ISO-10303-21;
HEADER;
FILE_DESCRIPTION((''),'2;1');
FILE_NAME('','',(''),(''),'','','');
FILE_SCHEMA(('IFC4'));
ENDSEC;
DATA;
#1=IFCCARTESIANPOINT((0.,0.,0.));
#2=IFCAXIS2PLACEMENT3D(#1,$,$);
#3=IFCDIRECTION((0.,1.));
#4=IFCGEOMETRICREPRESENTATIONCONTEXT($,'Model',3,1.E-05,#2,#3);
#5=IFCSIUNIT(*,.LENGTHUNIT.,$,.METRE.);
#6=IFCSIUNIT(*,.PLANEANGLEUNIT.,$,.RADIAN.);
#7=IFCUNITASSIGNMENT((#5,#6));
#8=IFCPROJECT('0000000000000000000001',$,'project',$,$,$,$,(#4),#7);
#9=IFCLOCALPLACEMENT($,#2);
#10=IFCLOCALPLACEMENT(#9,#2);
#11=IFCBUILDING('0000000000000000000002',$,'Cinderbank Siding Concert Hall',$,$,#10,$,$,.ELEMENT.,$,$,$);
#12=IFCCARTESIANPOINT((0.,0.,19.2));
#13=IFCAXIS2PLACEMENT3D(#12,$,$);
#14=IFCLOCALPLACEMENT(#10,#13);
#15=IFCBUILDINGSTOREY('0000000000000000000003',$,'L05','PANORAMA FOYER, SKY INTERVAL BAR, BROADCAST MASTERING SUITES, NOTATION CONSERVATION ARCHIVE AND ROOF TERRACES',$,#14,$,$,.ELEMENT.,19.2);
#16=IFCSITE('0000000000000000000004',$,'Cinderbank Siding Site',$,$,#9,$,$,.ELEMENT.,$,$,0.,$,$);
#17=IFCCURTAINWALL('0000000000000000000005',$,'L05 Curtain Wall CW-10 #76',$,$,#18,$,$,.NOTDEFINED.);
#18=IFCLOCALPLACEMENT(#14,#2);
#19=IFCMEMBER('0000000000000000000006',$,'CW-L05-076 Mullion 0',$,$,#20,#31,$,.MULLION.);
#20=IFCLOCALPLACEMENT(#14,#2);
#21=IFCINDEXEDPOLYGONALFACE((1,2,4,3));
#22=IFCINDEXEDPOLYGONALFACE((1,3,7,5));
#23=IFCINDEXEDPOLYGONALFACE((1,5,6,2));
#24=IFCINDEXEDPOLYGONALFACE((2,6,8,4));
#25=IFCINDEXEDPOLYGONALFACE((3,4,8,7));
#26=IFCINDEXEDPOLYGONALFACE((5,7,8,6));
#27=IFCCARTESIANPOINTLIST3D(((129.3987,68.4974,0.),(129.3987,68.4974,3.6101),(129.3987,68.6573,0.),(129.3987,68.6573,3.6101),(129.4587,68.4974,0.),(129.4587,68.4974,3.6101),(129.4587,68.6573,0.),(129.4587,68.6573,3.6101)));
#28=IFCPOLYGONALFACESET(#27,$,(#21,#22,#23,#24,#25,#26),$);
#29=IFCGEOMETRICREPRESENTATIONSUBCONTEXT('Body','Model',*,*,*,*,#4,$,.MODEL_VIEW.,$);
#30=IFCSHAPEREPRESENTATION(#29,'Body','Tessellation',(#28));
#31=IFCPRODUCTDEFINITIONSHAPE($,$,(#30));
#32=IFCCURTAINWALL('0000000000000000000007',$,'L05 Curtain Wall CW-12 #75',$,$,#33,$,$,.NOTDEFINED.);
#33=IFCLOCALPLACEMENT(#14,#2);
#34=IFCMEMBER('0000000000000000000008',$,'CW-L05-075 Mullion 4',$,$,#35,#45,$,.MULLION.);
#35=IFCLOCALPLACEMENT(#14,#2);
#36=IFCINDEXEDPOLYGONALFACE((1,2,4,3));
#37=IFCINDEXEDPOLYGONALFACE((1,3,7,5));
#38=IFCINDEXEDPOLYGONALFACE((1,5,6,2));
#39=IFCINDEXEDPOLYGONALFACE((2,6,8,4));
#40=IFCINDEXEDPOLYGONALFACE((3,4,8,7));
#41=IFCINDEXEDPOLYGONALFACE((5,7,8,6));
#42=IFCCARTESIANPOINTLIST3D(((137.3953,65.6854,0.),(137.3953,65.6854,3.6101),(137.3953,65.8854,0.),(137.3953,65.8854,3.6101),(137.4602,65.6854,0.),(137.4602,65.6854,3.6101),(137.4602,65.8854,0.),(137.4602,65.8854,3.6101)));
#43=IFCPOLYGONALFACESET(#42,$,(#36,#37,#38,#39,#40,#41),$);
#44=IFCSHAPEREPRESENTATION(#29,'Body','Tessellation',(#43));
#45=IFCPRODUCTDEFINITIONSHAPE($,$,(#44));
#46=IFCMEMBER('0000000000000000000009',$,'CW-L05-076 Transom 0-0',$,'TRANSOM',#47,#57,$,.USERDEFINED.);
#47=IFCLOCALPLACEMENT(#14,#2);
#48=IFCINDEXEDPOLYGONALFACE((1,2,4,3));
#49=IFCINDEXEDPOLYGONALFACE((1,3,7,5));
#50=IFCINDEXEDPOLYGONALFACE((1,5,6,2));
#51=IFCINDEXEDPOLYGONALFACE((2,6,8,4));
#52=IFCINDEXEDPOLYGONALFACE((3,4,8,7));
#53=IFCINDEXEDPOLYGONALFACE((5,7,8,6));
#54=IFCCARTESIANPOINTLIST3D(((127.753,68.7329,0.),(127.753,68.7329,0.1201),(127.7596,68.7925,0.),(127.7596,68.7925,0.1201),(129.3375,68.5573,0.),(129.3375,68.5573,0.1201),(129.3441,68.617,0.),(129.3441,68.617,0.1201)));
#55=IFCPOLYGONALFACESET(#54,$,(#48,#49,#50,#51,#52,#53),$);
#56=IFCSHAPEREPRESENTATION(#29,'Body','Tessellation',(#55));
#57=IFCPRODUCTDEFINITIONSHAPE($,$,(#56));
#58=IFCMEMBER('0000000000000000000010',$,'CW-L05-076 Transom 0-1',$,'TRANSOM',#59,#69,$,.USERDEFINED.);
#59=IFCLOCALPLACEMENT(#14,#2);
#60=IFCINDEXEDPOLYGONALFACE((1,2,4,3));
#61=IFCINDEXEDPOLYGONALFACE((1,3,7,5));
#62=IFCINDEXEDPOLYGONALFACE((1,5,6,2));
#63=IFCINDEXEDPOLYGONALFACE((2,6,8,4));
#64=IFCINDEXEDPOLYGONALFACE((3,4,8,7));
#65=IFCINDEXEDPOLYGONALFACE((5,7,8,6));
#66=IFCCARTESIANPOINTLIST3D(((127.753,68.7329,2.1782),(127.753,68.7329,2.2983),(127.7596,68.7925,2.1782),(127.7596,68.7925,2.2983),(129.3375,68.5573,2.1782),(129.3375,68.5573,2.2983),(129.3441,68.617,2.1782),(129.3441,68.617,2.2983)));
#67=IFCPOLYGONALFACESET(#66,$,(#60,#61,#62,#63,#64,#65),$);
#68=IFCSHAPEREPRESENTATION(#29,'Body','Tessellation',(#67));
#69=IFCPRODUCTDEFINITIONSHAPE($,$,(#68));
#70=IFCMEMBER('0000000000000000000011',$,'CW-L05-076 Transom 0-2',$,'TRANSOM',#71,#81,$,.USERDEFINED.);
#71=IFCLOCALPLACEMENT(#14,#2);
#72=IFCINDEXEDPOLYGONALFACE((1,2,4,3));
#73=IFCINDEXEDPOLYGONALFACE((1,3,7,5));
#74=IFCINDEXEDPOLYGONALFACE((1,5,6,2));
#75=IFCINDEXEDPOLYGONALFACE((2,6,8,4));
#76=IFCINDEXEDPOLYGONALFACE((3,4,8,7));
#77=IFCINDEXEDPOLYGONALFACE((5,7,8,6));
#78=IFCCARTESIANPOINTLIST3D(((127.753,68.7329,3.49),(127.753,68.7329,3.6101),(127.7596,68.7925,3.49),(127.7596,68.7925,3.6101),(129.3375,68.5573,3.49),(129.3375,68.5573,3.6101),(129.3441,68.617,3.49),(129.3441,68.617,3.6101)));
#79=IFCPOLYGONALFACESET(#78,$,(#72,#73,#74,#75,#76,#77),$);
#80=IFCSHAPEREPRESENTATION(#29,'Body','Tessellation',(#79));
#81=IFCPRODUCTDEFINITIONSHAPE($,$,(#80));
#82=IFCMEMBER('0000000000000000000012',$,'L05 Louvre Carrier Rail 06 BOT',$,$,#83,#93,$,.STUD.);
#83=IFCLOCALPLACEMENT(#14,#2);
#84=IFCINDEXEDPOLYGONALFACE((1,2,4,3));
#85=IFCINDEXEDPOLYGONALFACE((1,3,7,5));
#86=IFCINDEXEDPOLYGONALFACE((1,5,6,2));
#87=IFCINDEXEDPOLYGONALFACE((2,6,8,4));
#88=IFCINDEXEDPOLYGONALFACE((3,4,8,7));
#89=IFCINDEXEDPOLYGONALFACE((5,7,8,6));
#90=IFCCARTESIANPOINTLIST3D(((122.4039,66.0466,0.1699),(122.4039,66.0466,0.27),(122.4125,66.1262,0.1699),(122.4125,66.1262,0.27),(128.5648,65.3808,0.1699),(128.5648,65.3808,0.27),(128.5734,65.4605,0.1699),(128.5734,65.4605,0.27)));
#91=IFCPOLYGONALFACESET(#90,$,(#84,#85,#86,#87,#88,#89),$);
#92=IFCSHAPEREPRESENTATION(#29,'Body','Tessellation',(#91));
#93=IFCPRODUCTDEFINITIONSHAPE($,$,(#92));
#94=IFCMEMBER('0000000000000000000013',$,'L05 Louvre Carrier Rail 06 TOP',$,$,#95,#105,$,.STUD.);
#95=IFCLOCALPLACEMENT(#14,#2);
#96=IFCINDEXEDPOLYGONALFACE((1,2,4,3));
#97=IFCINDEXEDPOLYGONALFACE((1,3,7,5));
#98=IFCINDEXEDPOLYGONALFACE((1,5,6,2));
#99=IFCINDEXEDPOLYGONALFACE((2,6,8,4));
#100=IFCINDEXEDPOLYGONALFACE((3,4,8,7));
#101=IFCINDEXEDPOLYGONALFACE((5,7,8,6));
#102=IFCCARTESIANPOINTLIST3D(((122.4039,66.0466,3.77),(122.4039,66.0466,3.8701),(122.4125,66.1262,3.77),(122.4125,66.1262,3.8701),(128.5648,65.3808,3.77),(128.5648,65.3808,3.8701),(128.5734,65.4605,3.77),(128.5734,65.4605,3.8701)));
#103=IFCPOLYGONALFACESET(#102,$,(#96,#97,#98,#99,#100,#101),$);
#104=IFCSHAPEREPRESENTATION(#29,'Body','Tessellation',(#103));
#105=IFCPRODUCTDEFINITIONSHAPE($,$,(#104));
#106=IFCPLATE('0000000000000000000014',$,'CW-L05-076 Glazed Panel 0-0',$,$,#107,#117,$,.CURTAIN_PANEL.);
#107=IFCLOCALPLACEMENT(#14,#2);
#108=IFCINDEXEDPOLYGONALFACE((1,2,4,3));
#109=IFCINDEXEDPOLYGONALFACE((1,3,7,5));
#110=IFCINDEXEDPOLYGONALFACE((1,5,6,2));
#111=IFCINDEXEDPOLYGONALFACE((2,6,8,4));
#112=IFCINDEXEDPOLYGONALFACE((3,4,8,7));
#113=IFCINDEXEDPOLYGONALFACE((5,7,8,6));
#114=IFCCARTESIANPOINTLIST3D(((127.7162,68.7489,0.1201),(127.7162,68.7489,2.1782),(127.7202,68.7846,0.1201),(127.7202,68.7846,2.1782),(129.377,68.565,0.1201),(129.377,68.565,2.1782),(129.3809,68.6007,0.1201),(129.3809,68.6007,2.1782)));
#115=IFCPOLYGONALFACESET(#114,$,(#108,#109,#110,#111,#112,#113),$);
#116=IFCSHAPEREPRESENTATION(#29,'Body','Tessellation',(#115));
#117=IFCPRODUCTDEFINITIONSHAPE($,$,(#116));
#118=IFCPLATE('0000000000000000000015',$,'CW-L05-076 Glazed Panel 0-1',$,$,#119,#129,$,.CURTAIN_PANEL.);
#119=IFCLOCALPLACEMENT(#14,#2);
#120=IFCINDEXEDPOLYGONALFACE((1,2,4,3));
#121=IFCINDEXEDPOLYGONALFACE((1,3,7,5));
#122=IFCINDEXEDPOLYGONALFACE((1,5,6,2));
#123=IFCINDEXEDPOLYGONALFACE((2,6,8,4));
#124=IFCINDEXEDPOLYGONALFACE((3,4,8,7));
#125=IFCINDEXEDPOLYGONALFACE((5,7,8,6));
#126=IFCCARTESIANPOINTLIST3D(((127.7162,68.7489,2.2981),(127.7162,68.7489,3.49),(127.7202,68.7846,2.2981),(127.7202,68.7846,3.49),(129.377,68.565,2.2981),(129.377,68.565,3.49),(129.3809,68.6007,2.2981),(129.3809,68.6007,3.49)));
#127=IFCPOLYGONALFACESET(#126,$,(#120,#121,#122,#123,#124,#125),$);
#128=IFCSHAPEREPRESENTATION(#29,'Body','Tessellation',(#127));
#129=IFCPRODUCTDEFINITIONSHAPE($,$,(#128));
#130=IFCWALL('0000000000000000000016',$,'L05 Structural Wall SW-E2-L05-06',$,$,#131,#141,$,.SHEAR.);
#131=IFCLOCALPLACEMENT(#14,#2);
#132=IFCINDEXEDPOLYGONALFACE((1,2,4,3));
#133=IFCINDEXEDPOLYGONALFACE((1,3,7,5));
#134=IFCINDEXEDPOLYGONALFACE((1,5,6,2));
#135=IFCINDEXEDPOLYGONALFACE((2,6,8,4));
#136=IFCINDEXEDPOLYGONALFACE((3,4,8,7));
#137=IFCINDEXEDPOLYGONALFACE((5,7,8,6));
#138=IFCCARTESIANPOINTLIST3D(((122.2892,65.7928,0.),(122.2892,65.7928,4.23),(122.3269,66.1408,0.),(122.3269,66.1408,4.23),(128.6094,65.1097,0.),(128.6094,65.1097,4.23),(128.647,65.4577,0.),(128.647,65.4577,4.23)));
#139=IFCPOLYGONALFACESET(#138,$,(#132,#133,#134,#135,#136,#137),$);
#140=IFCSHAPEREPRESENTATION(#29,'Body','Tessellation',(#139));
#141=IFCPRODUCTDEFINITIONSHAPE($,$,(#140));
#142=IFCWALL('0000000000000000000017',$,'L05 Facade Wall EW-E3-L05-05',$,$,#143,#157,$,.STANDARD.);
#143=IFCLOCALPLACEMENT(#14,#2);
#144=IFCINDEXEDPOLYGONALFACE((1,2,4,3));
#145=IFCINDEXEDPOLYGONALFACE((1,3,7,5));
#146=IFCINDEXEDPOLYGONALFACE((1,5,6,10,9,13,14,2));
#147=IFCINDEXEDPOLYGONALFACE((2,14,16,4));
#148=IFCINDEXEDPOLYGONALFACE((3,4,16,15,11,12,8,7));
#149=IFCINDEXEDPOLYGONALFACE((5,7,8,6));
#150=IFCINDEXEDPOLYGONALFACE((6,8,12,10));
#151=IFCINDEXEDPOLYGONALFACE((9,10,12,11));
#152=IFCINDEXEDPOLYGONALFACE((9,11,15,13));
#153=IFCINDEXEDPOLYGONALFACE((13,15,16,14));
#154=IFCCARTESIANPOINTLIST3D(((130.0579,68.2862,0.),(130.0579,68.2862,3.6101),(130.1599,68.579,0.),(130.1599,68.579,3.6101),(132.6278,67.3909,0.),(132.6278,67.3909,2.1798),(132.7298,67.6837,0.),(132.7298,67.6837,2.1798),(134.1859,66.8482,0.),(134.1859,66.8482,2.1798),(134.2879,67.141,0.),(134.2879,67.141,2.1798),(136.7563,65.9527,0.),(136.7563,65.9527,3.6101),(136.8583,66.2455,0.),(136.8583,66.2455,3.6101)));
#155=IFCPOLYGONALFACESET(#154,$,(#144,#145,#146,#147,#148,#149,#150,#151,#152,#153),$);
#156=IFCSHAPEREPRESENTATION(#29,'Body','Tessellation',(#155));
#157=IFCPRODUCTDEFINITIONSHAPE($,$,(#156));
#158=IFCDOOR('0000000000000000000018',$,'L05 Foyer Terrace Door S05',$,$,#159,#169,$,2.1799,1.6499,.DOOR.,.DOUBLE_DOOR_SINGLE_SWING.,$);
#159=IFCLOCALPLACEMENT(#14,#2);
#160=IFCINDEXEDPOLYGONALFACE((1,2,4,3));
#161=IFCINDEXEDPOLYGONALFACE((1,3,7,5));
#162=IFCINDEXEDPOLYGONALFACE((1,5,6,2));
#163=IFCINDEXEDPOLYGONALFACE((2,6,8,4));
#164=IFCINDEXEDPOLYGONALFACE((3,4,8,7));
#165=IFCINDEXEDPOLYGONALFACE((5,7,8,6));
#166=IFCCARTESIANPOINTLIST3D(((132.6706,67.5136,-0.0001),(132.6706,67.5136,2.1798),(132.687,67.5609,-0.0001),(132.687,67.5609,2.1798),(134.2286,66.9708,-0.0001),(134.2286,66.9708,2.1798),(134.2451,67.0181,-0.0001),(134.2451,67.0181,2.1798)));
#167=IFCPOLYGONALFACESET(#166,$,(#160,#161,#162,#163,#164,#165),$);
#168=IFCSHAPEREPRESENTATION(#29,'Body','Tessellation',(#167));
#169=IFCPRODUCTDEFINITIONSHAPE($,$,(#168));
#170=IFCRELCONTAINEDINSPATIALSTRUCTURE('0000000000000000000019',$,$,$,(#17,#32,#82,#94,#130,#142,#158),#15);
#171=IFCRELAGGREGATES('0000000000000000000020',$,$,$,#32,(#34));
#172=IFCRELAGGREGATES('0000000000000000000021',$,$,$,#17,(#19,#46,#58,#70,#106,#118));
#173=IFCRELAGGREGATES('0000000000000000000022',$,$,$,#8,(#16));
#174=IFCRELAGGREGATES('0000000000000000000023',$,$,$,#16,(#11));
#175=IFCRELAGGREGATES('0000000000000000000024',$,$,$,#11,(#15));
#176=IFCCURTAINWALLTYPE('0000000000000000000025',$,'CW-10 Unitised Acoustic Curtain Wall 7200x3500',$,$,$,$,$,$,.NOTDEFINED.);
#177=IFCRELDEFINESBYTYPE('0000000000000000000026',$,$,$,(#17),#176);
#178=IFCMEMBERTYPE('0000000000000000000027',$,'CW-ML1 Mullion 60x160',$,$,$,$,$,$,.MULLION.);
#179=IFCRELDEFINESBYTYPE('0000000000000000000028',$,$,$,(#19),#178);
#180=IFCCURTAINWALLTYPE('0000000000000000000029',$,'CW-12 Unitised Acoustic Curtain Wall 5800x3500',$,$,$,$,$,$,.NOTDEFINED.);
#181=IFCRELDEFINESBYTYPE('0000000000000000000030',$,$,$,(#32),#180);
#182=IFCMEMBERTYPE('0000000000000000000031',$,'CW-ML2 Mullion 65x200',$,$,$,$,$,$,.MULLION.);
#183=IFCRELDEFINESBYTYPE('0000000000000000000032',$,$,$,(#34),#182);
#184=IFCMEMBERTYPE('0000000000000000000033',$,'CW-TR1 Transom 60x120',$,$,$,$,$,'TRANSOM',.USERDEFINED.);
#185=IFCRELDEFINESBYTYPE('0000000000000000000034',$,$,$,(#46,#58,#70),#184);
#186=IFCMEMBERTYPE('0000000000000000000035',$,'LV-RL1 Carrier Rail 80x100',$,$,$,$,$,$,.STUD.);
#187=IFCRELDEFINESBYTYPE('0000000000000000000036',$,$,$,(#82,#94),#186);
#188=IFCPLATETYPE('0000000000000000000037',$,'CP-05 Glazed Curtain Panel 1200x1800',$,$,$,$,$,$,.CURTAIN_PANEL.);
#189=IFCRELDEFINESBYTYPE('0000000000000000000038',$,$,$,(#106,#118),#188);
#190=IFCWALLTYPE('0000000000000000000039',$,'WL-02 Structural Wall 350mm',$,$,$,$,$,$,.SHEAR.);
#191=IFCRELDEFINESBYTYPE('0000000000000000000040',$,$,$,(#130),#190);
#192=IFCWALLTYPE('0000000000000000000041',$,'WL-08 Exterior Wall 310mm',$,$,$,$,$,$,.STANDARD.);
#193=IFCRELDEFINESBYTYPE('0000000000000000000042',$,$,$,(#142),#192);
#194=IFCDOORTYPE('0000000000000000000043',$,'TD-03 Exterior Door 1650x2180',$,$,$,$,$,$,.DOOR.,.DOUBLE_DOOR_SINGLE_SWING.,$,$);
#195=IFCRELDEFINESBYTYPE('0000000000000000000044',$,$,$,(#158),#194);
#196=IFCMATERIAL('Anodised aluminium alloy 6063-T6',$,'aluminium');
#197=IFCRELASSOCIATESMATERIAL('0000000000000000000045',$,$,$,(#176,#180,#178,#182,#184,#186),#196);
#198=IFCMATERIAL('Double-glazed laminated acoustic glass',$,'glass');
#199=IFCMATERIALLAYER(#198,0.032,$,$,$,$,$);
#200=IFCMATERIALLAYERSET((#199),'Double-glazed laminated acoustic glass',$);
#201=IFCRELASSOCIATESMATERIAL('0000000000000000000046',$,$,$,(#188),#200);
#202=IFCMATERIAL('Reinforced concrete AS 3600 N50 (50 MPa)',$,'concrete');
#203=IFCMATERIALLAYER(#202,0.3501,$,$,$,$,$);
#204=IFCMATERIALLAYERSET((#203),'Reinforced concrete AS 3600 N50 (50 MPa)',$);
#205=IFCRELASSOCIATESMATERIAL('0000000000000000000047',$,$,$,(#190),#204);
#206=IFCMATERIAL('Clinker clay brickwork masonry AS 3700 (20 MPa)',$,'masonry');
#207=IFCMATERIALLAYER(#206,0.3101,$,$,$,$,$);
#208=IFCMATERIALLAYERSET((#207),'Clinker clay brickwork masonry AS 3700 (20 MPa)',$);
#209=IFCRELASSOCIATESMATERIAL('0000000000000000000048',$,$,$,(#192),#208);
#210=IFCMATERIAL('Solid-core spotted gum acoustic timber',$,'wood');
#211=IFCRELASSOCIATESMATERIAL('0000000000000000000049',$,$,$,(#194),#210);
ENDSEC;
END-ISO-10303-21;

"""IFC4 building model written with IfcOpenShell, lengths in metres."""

from ifc_helpers import new_model, si_unit, direction, frame, frame_2d, origin, origin_2d, place, context, subcontext, project, spatial, rectangle, extrude, material, layer, layer_set, material_profile, profile_set, type_object, element, fill, aggregate, save


model = new_model("IFC4")

# Units and contexts
model_context = context("Model", 3, precision=1e-05, world=origin(), true_north=direction((0.0, 1.0)))
body_context = subcontext(model_context, "Body", "Model", "MODEL_VIEW")
ifc_project = project(units=[si_unit("LENGTHUNIT", "METRE"), si_unit("PLANEANGLEUNIT", "RADIAN")], contexts=[model_context])

# Site, building, storey
site_placement = place(None, origin())
site = spatial("IfcSite", under=ifc_project, at=site_placement, Name="Cinderbank Siding Site", CompositionType="ELEMENT", RefElevation=0.0)
building_placement = place(site_placement, origin())
building = spatial("IfcBuilding", under=site, at=building_placement, Name="Cinderbank Siding Concert Hall", CompositionType="ELEMENT")
storey_placement = place(building_placement, frame((0.0, 0.0, 19.2)))
storey = spatial("IfcBuildingStorey", under=building, at=storey_placement, Name="L05", Description="PANORAMA FOYER, SKY INTERVAL BAR, BROADCAST MASTERING SUITES, NOTATION CONSERVATION ARCHIVE AND ROOF TERRACES", CompositionType="ELEMENT", Elevation=19.2)

# Shared definitions
ifc_material_1 = material(Name="Reinforced concrete AS 3600 N50 (50 MPa)", Category="concrete")

# Curtain walls, members
ifc_material_2 = material(Name="Anodised aluminium alloy 6063-T6", Category="aluminium")
curtain_wall_type_1 = type_object("IfcCurtainWallType", Name="CW-10 Unitised Acoustic Curtain Wall 7200x3500", PredefinedType="NOTDEFINED", material=ifc_material_2)
curtain_wall_1_placement = place(storey_placement, origin())
curtain_wall_1 = element("IfcCurtainWall", 1, at=curtain_wall_1_placement, inside=storey, type_object=curtain_wall_type_1, Name="L05 Curtain Wall CW-10 #76", PredefinedType="NOTDEFINED")
ifc_material_profile_1 = material_profile(ifc_material_2, rectangle(XDim=0.0601, YDim=0.1599, at=origin_2d()), Name="ALU-MULL-60x160", Category="LoadBearing")
ifc_profile_set_1 = profile_set([ifc_material_profile_1], Name="Anodised aluminium alloy 6063-T6")
member_type_1 = type_object("IfcMemberType", Name="CW-ML1 Mullion 60x160", PredefinedType="MULLION", material=ifc_profile_set_1)
member_1_placement = place(storey_placement, frame((129.4287, 68.5774, 0.0), z_axis=(0.0, 0.0, 1.0), x_axis=(1.0, 0.0, 0.0)))
member_1 = element("IfcMember", 2, at=member_1_placement, type_object=member_type_1, Name="CW-L05-076 Mullion 0", PredefinedType="MULLION", context=body_context, shape_type="SweptSolid", body=[
    extrude(rectangle(XDim=0.0601, YDim=0.1599, at=origin_2d()), origin(), (0.0, 0.0, 1.0), 3.6101),
])
curtain_wall_type_2 = type_object("IfcCurtainWallType", Name="CW-12 Unitised Acoustic Curtain Wall 5800x3500", PredefinedType="NOTDEFINED", material=ifc_material_2)
curtain_wall_2_placement = place(storey_placement, origin())
curtain_wall_2 = element("IfcCurtainWall", 3, at=curtain_wall_2_placement, inside=storey, type_object=curtain_wall_type_2, Name="L05 Curtain Wall CW-12 #75", PredefinedType="NOTDEFINED")
ifc_material_profile_2 = material_profile(ifc_material_2, rectangle(XDim=0.0649, YDim=0.2, at=origin_2d()), Name="ALU-MULL-65x200", Category="LoadBearing")
ifc_profile_set_2 = profile_set([ifc_material_profile_2], Name="Anodised aluminium alloy 6063-T6")
member_type_2 = type_object("IfcMemberType", Name="CW-ML2 Mullion 65x200", PredefinedType="MULLION", material=ifc_profile_set_2)
member_2_placement = place(storey_placement, frame((137.4277, 65.7854, 0.0), z_axis=(0.0, 0.0, 1.0), x_axis=(1.0, 0.0, 0.0)))
member_2 = element("IfcMember", 4, at=member_2_placement, type_object=member_type_2, Name="CW-L05-075 Mullion 4", PredefinedType="MULLION", context=body_context, shape_type="SweptSolid", body=[
    extrude(rectangle(XDim=0.0649, YDim=0.2, at=origin_2d()), origin(), (0.0, 0.0, 1.0), 3.6101),
])
aggregate(curtain_wall_2, [member_2])

# Members
ifc_material_profile_3 = material_profile(ifc_material_2, rectangle(XDim=0.0601, YDim=0.1201, at=origin_2d()), Name="ALU-TRAN-60x120", Category="LoadBearing")
ifc_profile_set_3 = profile_set([ifc_material_profile_3], Name="Anodised aluminium alloy 6063-T6")
member_type_3 = type_object("IfcMemberType", Name="CW-TR1 Transom 60x120", ElementType="TRANSOM", PredefinedType="USERDEFINED", material=ifc_profile_set_3)
member_3_placement = place(storey_placement, frame((129.3408, 68.5872, 0.0601), z_axis=(-0.993919, 0.110112, 0.0), x_axis=(-0.110112, -0.993919, 0.0)))
member_3 = element("IfcMember", 5, at=member_3_placement, type_object=member_type_3, Name="CW-L05-076 Transom 0-0", ObjectType="TRANSOM", PredefinedType="USERDEFINED", context=body_context, shape_type="SweptSolid", body=[
    extrude(rectangle(XDim=0.0601, YDim=0.1201, at=origin_2d()), origin(), (0.0, 0.0, 1.0), 1.5942),
])
member_4_placement = place(storey_placement, frame((129.3408, 68.5872, 2.2383), z_axis=(-0.993919, 0.110112, 0.0), x_axis=(-0.110112, -0.993919, 0.0)))
member_4 = element("IfcMember", 6, at=member_4_placement, type_object=member_type_3, Name="CW-L05-076 Transom 0-1", ObjectType="TRANSOM", PredefinedType="USERDEFINED", context=body_context, shape_type="SweptSolid", body=[
    extrude(rectangle(XDim=0.0601, YDim=0.1201, at=origin_2d()), origin(), (0.0, 0.0, 1.0), 1.5942),
])
member_5_placement = place(storey_placement, frame((129.3408, 68.5872, 3.55), z_axis=(-0.993919, 0.110112, 0.0), x_axis=(-0.110112, -0.993919, 0.0)))
member_5 = element("IfcMember", 7, at=member_5_placement, type_object=member_type_3, Name="CW-L05-076 Transom 0-2", ObjectType="TRANSOM", PredefinedType="USERDEFINED", context=body_context, shape_type="SweptSolid", body=[
    extrude(rectangle(XDim=0.0601, YDim=0.1201, at=origin_2d()), origin(), (0.0, 0.0, 1.0), 1.5942),
])

# Members
ifc_material_profile_4 = material_profile(ifc_material_2, rectangle(XDim=0.0801, YDim=0.1001, at=origin_2d()), Name="ALU-RAIL-80x100", Category="LoadBearing")
ifc_profile_set_4 = profile_set([ifc_material_profile_4], Name="Anodised aluminium alloy 6063-T6")
member_type_4 = type_object("IfcMemberType", Name="LV-RL1 Carrier Rail 80x100", PredefinedType="STUD", material=ifc_profile_set_4)
for number, where, z_axis, x_axis, name in (
    (8, (128.5691, 65.4207, 0.22), (-0.994212, 0.107439, 0.0), (-0.107439, -0.994212, 0.0), "L05 Louvre Carrier Rail 06 BOT"),
    (9, (128.5691, 65.4207, 3.8201), (-0.994212, 0.107439, 0.0), (-0.107439, -0.994212, 0.0), "L05 Louvre Carrier Rail 06 TOP"),
):
    element("IfcMember", number, at=place(storey_placement, frame(where, z_axis=z_axis, x_axis=x_axis)), inside=storey, type_object=member_type_4, Name=name, PredefinedType="STUD", context=body_context, shape_type="SweptSolid", body=[
        extrude(rectangle(XDim=0.0801, YDim=0.1001, at=origin_2d()), origin(), (0.0, 0.0, 1.0), 6.1968),
    ])

# Plates
ifc_material_3 = material(Name="Double-glazed laminated acoustic glass", Category="glass")
ifc_layer_1 = layer(ifc_material_3, 0.032)
ifc_layer_set_1 = layer_set([ifc_layer_1], Name="Double-glazed laminated acoustic glass")
plate_type = type_object("IfcPlateType", Name="CP-05 Glazed Curtain Panel 1200x1800", PredefinedType="CURTAIN_PANEL", material=ifc_layer_set_1)
plate_1_placement = place(storey_placement, frame((128.5486, 68.6748, 0.1201), z_axis=(0.0, 0.0, 1.0), x_axis=(-0.993925, 0.110057, 0.0)))
plate_1 = element("IfcPlate", 10, at=plate_1_placement, type_object=plate_type, Name="CW-L05-076 Glazed Panel 0-0", PredefinedType="CURTAIN_PANEL", context=body_context, shape_type="SweptSolid", body=[
    extrude(rectangle(XDim=1.6709, YDim=0.0359, at=origin_2d()), origin(), (0.0, 0.0, 1.0), 2.0581),
])
plate_2_placement = place(storey_placement, frame((128.5486, 68.6748, 2.2981), z_axis=(0.0, 0.0, 1.0), x_axis=(-0.993925, 0.110057, 0.0)))
plate_2 = element("IfcPlate", 11, at=plate_2_placement, type_object=plate_type, Name="CW-L05-076 Glazed Panel 0-1", PredefinedType="CURTAIN_PANEL", context=body_context, shape_type="SweptSolid", body=[
    extrude(rectangle(XDim=1.6709, YDim=0.0359, at=origin_2d()), origin(), (0.0, 0.0, 1.0), 1.1919),
])
aggregate(curtain_wall_1, [member_1, member_3, member_4, member_5, plate_1, plate_2])

# Wall
ifc_layer_2 = layer(ifc_material_1, 0.3501)
ifc_layer_set_2 = layer_set([ifc_layer_2], Name="Reinforced concrete AS 3600 N50 (50 MPa)")
wall_type_1 = type_object("IfcWallType", Name="WL-02 Structural Wall 350mm", PredefinedType="SHEAR", material=ifc_layer_set_2)
wall_1_placement = place(storey_placement, frame((128.6282, 65.2837, 0.0), z_axis=(0.0, 0.0, 1.0), x_axis=(-0.994209, 0.107459, 0.0)))
element("IfcWall", 12, at=wall_1_placement, inside=storey, type_object=wall_type_1, Name="L05 Structural Wall SW-E2-L05-06", PredefinedType="SHEAR", context=body_context, shape_type="SweptSolid", body=[
    extrude(rectangle(XDim=6.3569, YDim=0.3501, at=frame_2d((3.1785, 0.0))), origin(), (0.0, 0.0, 1.0), 4.23),
])

# Wall, opening, door
ifc_material_4 = material(Name="Clinker clay brickwork masonry AS 3700 (20 MPa)", Category="masonry")
ifc_layer_3 = layer(ifc_material_4, 0.3101)
ifc_layer_set_3 = layer_set([ifc_layer_3], Name="Clinker clay brickwork masonry AS 3700 (20 MPa)")
wall_type_2 = type_object("IfcWallType", Name="WL-08 Exterior Wall 310mm", PredefinedType="STANDARD", material=ifc_layer_set_3)
wall_2_placement = place(storey_placement, frame((130.1089, 68.4326, 0.0), z_axis=(0.0, 0.0, 1.0), x_axis=(0.94434, -0.328972, 0.0)))
wall_2 = element("IfcWall", 13, at=wall_2_placement, inside=storey, type_object=wall_type_2, Name="L05 Facade Wall EW-E3-L05-05", PredefinedType="STANDARD", context=body_context, shape_type="SweptSolid", body=[
    extrude(rectangle(XDim=7.0933, YDim=0.3101, at=frame_2d((3.5466, 0.0))), origin(), (0.0, 0.0, 1.0), 3.6101),
])
opening_placement = place(wall_2_placement, frame((2.7214, 0.0, 0.0)))
opening = element("IfcOpeningElement", 14, at=opening_placement, cuts=wall_2, PredefinedType="OPENING", context=body_context, shape_type="SweptSolid", body=[
    extrude(rectangle(XDim=1.6499, YDim=2.1799, at=frame_2d((0.825, 1.0898))), frame((0.0, 0.167, 0.0), z_axis=(0.0, -1.0, 0.0), x_axis=(1.0, 0.0, 0.0)), (0.0, 0.0, 1.0), 0.334),
])
ifc_material_5 = material(Name="Solid-core spotted gum acoustic timber", Category="wood")
door_type = type_object("IfcDoorType", Name="TD-03 Exterior Door 1650x2180", OperationType="DOUBLE_DOOR_SINGLE_SWING", PredefinedType="DOOR", material=ifc_material_5)
door_placement = place(opening_placement, origin())
door = element("IfcDoor", 15, at=door_placement, inside=storey, type_object=door_type, Name="L05 Foyer Terrace Door S05", OperationType="DOUBLE_DOOR_SINGLE_SWING", OverallHeight=2.1799, OverallWidth=1.6499, PredefinedType="DOOR", context=body_context, shape_type="SweptSolid", body=[
    extrude(rectangle(XDim=1.6499, YDim=2.1799, at=frame_2d((0.825, 1.0898))), frame((0.0, 0.0249, 0.0), z_axis=(0.0, -1.0, 0.0), x_axis=(1.0, 0.0, 0.0)), (0.0, 0.0, 1.0), 0.05),
])
fill(opening, door)

save(model, "model.ifc")
